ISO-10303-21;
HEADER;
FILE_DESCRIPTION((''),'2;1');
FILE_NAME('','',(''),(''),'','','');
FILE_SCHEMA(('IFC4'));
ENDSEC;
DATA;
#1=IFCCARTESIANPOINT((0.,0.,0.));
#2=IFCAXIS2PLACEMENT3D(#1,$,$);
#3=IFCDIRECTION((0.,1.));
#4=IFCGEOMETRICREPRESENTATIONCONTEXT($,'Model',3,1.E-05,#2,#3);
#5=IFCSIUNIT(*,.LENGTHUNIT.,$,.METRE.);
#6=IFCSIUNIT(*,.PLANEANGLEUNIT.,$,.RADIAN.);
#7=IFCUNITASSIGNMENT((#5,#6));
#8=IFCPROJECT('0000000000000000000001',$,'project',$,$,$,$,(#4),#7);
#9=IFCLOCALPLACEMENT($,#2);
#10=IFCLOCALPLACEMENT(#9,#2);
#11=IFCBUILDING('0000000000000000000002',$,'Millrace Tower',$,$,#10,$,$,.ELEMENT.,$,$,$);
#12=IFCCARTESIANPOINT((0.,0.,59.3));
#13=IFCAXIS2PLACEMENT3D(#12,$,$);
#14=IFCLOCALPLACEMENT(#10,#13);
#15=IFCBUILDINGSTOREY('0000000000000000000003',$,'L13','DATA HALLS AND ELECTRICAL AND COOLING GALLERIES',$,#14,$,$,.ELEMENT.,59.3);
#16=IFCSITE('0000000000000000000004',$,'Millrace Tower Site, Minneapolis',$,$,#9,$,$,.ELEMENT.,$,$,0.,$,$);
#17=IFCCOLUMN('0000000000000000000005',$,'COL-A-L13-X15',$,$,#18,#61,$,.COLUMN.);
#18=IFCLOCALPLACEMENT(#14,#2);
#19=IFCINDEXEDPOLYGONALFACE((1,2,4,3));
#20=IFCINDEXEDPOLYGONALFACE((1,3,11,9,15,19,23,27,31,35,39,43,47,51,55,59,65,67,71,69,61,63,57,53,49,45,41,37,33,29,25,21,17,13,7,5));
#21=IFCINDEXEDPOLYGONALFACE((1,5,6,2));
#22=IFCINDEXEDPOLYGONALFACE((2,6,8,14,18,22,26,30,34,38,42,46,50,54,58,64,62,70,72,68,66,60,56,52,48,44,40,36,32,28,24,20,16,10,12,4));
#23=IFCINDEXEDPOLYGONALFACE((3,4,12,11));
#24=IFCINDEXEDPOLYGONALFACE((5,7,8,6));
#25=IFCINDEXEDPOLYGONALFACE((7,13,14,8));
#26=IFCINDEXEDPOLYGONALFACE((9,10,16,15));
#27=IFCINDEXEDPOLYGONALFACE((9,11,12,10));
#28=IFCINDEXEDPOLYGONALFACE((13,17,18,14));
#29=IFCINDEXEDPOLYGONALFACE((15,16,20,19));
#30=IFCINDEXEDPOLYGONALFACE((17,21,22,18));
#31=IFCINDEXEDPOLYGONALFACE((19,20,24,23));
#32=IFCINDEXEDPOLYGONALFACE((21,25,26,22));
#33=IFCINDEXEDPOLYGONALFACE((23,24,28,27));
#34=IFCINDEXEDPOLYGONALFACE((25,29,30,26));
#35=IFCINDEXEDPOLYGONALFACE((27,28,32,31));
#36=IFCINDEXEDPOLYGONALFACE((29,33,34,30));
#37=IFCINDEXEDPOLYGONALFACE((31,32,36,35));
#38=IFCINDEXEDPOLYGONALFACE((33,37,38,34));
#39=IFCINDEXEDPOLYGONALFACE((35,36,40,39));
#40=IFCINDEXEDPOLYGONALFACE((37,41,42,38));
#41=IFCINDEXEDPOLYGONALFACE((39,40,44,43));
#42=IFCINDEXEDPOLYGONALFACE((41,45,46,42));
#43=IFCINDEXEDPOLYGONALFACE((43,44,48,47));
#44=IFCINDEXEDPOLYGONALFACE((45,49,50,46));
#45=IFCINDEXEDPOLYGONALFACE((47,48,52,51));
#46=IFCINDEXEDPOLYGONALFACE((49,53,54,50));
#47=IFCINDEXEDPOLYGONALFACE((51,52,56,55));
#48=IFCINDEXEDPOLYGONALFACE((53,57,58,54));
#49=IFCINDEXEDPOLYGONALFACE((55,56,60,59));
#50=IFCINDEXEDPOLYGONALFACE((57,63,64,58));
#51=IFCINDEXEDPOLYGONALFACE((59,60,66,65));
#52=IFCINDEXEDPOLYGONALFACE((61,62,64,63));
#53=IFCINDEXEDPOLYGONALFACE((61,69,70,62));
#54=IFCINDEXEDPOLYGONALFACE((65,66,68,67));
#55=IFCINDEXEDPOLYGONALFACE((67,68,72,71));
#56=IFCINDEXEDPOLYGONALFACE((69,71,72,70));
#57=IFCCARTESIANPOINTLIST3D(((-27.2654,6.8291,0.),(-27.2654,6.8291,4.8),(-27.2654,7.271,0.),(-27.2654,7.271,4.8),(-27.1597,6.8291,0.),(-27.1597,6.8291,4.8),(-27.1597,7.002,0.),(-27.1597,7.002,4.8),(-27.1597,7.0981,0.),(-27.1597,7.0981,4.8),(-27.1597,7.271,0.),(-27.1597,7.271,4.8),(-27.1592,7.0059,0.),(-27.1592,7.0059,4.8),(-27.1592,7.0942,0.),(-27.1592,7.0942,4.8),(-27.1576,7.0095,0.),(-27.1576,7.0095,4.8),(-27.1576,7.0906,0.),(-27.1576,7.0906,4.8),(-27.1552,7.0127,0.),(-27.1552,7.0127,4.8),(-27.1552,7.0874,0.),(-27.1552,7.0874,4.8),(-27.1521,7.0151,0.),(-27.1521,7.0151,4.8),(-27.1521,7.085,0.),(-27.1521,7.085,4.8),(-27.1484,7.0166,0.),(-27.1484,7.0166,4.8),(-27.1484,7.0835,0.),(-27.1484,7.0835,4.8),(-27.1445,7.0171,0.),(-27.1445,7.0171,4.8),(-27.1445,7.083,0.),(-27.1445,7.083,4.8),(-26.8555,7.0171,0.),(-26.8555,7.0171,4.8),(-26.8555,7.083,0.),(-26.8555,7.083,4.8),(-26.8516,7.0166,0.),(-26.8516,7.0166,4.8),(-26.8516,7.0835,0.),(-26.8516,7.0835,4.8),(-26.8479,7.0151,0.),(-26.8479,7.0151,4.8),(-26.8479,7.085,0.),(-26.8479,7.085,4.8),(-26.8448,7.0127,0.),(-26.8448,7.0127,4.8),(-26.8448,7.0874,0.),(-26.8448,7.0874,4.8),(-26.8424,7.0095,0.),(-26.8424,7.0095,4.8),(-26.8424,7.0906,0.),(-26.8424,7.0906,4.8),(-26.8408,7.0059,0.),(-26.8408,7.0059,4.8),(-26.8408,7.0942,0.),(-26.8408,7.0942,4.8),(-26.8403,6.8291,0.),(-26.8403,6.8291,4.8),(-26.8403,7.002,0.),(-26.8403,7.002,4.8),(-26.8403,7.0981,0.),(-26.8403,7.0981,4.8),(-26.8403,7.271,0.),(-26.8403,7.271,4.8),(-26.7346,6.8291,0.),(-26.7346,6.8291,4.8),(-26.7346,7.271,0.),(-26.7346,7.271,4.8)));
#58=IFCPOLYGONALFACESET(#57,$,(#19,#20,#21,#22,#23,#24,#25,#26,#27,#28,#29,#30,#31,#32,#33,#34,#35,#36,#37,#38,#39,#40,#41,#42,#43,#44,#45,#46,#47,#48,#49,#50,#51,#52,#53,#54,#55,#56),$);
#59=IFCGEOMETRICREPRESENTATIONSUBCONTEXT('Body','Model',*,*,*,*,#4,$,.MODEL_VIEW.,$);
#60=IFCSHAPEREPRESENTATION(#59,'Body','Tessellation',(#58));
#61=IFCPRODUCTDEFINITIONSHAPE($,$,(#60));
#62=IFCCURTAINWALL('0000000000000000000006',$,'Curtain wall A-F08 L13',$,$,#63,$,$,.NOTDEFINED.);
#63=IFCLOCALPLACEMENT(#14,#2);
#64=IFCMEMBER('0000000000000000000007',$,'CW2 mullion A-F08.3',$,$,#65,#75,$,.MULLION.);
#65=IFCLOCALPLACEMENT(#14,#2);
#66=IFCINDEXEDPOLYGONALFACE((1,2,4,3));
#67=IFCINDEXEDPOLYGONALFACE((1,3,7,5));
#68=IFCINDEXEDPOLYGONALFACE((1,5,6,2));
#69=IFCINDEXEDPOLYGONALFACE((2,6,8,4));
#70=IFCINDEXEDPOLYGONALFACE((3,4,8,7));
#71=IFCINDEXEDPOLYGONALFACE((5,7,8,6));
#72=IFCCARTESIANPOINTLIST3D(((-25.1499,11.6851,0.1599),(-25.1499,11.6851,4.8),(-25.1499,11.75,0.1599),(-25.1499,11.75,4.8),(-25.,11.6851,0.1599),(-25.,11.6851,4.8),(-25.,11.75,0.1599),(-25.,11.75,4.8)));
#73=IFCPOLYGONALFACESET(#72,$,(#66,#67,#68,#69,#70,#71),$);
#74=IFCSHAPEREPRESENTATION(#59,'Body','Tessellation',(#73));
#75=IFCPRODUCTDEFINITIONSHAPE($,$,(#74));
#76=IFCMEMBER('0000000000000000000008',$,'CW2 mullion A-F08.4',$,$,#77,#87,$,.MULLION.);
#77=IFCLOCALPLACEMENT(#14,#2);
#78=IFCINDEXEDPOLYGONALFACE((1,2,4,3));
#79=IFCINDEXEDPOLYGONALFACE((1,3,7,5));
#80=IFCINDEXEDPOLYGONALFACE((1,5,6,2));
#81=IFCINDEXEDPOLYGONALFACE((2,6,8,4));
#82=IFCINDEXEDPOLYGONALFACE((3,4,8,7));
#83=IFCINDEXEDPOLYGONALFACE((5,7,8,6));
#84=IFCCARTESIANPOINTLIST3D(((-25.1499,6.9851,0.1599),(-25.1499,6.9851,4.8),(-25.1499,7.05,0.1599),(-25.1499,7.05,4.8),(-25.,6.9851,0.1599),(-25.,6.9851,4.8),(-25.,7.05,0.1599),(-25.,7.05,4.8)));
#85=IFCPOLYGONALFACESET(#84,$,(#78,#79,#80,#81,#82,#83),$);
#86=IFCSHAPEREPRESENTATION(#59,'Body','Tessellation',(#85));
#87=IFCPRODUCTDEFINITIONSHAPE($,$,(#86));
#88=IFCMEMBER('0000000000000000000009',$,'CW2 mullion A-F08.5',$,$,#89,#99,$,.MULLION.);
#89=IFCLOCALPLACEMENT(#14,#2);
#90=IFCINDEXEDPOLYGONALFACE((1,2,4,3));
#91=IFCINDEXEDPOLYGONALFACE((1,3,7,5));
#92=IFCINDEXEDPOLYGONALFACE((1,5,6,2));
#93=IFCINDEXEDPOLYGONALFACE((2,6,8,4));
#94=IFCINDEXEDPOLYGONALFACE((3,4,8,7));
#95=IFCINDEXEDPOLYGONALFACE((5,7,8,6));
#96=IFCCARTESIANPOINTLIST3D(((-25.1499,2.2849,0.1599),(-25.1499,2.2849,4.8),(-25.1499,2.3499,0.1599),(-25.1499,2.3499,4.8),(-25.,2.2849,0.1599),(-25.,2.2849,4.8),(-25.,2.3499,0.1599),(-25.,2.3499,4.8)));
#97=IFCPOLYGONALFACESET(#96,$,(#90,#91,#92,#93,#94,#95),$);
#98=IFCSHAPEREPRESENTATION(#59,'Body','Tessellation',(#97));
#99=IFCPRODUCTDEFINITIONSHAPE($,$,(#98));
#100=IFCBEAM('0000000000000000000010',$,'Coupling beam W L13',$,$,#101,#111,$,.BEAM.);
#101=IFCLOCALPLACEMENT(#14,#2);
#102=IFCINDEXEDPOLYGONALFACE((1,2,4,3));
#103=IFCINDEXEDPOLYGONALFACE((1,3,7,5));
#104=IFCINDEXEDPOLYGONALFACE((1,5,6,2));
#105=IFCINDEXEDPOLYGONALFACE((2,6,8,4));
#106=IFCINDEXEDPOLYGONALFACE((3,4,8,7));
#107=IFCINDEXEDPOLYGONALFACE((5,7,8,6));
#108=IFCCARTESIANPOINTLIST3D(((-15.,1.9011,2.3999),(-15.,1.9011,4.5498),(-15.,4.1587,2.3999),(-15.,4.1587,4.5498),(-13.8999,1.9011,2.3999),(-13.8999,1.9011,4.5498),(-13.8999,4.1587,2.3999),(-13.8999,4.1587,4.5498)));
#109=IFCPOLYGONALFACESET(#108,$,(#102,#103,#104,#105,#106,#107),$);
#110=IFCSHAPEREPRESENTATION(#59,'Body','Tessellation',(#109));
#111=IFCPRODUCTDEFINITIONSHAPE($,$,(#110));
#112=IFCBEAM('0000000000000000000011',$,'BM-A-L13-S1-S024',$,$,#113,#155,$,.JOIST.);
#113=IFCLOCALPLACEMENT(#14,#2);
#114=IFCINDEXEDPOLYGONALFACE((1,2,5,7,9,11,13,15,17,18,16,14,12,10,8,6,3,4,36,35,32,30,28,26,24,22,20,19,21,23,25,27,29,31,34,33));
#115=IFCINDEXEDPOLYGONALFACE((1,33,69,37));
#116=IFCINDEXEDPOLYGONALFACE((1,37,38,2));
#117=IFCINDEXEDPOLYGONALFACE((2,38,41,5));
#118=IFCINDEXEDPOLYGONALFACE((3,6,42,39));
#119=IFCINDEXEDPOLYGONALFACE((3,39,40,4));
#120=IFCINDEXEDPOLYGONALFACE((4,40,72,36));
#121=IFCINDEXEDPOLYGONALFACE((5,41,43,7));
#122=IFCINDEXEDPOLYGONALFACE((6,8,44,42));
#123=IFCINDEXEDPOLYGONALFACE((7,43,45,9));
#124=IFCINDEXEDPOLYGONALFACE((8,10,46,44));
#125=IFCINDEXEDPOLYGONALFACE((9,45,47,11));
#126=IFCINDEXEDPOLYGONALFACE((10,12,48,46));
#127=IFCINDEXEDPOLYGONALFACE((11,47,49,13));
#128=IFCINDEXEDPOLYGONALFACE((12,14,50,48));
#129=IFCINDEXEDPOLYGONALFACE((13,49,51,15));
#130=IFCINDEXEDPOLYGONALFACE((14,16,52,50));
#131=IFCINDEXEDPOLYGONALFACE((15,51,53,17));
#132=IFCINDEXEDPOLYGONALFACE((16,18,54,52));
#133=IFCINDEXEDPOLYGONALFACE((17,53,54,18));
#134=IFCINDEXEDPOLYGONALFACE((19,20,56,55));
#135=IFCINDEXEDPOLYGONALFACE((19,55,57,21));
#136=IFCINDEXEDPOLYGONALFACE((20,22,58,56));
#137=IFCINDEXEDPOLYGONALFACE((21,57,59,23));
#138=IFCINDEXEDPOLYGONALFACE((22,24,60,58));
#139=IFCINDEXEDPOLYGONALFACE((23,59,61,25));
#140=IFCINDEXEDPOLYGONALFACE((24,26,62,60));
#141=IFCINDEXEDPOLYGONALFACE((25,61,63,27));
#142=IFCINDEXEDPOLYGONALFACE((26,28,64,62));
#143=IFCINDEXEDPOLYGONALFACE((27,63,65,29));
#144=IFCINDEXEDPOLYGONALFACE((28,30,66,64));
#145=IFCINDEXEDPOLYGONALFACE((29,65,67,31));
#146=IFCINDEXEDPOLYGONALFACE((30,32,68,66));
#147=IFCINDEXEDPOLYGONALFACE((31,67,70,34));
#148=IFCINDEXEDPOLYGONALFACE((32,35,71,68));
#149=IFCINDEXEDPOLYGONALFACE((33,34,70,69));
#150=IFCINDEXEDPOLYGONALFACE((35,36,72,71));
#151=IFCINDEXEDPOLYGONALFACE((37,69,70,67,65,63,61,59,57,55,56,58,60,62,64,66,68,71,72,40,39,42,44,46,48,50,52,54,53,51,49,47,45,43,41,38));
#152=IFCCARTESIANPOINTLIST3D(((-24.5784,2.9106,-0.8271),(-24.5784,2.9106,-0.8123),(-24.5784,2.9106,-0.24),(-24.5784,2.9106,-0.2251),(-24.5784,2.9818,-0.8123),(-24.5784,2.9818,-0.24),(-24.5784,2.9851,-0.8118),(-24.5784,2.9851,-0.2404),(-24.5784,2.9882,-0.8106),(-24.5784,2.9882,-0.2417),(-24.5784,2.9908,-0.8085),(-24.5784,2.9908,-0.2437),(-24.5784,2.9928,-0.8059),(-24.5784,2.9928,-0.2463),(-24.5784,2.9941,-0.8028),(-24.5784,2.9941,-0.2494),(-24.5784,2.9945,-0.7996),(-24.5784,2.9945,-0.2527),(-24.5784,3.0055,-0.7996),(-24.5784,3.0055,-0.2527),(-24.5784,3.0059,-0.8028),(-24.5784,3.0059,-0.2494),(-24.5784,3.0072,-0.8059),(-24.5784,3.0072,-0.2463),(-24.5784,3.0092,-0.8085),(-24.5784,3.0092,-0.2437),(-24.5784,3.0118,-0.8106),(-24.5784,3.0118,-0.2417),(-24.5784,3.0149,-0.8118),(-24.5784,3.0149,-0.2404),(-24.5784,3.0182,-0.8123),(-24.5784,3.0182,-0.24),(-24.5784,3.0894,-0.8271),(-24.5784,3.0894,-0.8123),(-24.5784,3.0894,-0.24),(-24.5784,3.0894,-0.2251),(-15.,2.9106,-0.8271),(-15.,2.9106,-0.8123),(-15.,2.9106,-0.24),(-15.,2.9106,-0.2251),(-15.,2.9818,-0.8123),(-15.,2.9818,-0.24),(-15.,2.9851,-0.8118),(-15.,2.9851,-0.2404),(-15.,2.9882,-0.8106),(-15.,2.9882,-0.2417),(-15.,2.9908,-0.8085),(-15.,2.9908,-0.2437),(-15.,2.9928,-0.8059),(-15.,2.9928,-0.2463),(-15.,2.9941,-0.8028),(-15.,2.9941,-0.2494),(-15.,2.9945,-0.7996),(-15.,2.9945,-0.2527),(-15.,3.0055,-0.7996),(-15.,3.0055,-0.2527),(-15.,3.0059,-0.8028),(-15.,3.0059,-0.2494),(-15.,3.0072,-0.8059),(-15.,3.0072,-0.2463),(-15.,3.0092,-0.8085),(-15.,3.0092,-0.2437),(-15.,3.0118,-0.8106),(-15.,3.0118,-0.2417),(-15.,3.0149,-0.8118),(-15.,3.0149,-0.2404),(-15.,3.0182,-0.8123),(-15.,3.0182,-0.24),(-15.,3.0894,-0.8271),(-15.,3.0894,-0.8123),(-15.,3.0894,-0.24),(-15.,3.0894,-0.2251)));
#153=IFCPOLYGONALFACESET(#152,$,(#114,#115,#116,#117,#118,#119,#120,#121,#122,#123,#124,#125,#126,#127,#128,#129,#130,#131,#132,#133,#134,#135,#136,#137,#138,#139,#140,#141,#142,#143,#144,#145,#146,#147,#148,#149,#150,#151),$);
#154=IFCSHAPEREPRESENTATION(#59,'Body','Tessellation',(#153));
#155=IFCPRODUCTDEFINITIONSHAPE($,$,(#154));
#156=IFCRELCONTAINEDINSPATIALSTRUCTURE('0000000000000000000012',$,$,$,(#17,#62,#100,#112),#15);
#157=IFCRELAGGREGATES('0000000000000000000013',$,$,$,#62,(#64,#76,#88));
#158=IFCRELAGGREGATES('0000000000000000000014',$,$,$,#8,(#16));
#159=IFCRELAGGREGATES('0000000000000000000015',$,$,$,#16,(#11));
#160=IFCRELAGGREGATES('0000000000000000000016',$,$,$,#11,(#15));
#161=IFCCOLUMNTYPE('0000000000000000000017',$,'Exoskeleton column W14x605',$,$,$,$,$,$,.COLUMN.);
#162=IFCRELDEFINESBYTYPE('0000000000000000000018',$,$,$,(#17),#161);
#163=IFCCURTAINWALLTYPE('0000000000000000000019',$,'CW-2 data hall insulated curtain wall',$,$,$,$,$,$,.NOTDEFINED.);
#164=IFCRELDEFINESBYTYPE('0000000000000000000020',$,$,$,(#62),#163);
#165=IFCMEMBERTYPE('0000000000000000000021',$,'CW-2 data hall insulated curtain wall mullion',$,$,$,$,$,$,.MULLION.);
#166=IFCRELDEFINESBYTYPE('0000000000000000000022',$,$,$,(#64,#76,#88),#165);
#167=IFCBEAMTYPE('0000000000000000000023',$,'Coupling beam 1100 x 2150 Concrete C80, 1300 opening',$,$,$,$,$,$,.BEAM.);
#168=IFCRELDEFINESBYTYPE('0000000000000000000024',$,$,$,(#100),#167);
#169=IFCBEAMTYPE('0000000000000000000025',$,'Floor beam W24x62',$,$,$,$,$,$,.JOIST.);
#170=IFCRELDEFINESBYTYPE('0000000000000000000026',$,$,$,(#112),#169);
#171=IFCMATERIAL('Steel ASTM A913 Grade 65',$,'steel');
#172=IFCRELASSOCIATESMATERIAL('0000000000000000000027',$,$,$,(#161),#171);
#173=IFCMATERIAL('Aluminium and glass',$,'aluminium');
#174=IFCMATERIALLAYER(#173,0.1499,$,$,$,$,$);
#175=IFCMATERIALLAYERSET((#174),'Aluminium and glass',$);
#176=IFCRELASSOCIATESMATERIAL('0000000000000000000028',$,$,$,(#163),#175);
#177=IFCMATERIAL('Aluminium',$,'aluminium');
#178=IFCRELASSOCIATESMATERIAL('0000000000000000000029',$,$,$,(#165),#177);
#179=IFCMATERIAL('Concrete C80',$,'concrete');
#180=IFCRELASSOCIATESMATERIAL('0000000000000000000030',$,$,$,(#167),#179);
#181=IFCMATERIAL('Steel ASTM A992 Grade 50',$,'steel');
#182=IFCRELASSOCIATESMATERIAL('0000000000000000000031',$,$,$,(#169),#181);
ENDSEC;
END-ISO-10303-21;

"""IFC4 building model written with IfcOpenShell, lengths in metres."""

from ifc_helpers import new_model, si_unit, direction, frame, origin, origin_2d, place, context, subcontext, project, spatial, rectangle, i_section, extrude, material, layer, layer_set, material_profile, profile_set, type_object, element, aggregate, save


model = new_model("IFC4")

# Units and contexts
model_context = context("Model", 3, precision=1e-05, world=origin(), true_north=direction((0.0, 1.0)))
body_context = subcontext(model_context, "Body", "Model", "MODEL_VIEW")
ifc_project = project(units=[si_unit("LENGTHUNIT", "METRE"), si_unit("PLANEANGLEUNIT", "RADIAN")], contexts=[model_context])

# Site, building, storey
site_placement = place(None, origin())
site = spatial("IfcSite", under=ifc_project, at=site_placement, Name="Millrace Tower Site, Minneapolis", CompositionType="ELEMENT", RefElevation=0.0)
building_placement = place(site_placement, origin())
building = spatial("IfcBuilding", under=site, at=building_placement, Name="Millrace Tower", CompositionType="ELEMENT")
storey_placement = place(building_placement, frame((0.0, 0.0, 59.3)))
storey = spatial("IfcBuildingStorey", under=building, at=storey_placement, Name="L13", Description="DATA HALLS AND ELECTRICAL AND COOLING GALLERIES", CompositionType="ELEMENT", Elevation=59.3)

# Column
ifc_material_1 = material(Name="Steel ASTM A913 Grade 65", Category="steel")
ifc_material_profile_1 = material_profile(ifc_material_1, i_section(OverallWidth=0.4419, OverallDepth=0.5308, WebThickness=0.0659, FlangeThickness=0.1057, FilletRadius=0.0151, at=origin_2d()))
ifc_profile_set_1 = profile_set([ifc_material_profile_1], Name="Steel ASTM A913 Grade 65")
column_type = type_object("IfcColumnType", Name="Exoskeleton column W14x605", PredefinedType="COLUMN", material=ifc_profile_set_1)
column_placement = place(storey_placement, frame((-27.0, 7.05, 0.0), z_axis=(0.0, 0.0, 1.0), x_axis=(0.0, -1.0, 0.0)))
element("IfcColumn", 1, at=column_placement, inside=storey, type_object=column_type, Name="COL-A-L13-X15", PredefinedType="COLUMN", context=body_context, shape_type="SweptSolid", body=[
    extrude(i_section(OverallWidth=0.4419, OverallDepth=0.5308, WebThickness=0.0659, FlangeThickness=0.1057, FilletRadius=0.0151, at=origin_2d()), origin(), (0.0, 0.0, 1.0), 4.8),
])

# Curtain wall, members
ifc_material_2 = material(Name="Aluminium and glass", Category="aluminium")
ifc_layer_1 = layer(ifc_material_2, 0.1499)
ifc_layer_set_1 = layer_set([ifc_layer_1], Name="Aluminium and glass")
curtain_wall_type = type_object("IfcCurtainWallType", Name="CW-2 data hall insulated curtain wall", PredefinedType="NOTDEFINED", material=ifc_layer_set_1)
curtain_wall_placement = place(storey_placement, origin())
curtain_wall = element("IfcCurtainWall", 2, at=curtain_wall_placement, inside=storey, type_object=curtain_wall_type, Name="Curtain wall A-F08 L13", PredefinedType="NOTDEFINED")
ifc_material_3 = material(Name="Aluminium", Category="aluminium")
ifc_material_profile_2 = material_profile(ifc_material_3, rectangle(XDim=0.0649, YDim=0.1499, at=origin_2d()))
ifc_profile_set_2 = profile_set([ifc_material_profile_2], Name="Aluminium")
member_type = type_object("IfcMemberType", Name="CW-2 data hall insulated curtain wall mullion", PredefinedType="MULLION", material=ifc_profile_set_2)
member_1_placement = place(storey_placement, frame((-25.075, 11.7175, 0.1599), z_axis=(0.0, 0.0, 1.0), x_axis=(0.0, -1.0, 0.0)))
member_1 = element("IfcMember", 3, at=member_1_placement, type_object=member_type, Name="CW2 mullion A-F08.3", PredefinedType="MULLION", context=body_context, shape_type="SweptSolid", body=[
    extrude(rectangle(XDim=0.0649, YDim=0.1499, at=origin_2d()), origin(), (0.0, 0.0, 1.0), 4.6401),
])
member_2_placement = place(storey_placement, frame((-25.075, 7.0176, 0.1599), z_axis=(0.0, 0.0, 1.0), x_axis=(0.0, -1.0, 0.0)))
member_2 = element("IfcMember", 4, at=member_2_placement, type_object=member_type, Name="CW2 mullion A-F08.4", PredefinedType="MULLION", context=body_context, shape_type="SweptSolid", body=[
    extrude(rectangle(XDim=0.0649, YDim=0.1499, at=origin_2d()), origin(), (0.0, 0.0, 1.0), 4.6401),
])
member_3_placement = place(storey_placement, frame((-25.075, 2.3174, 0.1599), z_axis=(0.0, 0.0, 1.0), x_axis=(0.0, -1.0, 0.0)))
member_3 = element("IfcMember", 5, at=member_3_placement, type_object=member_type, Name="CW2 mullion A-F08.5", PredefinedType="MULLION", context=body_context, shape_type="SweptSolid", body=[
    extrude(rectangle(XDim=0.0649, YDim=0.1499, at=origin_2d()), origin(), (0.0, 0.0, 1.0), 4.6401),
])
aggregate(curtain_wall, [member_1, member_2, member_3])

# Beams
ifc_material_4 = material(Name="Concrete C80", Category="concrete")
ifc_material_profile_3 = material_profile(ifc_material_4, rectangle(XDim=1.1001, YDim=2.1499, at=origin_2d()))
ifc_profile_set_3 = profile_set([ifc_material_profile_3], Name="Concrete C80")
beam_type_1 = type_object("IfcBeamType", Name="Coupling beam 1100 x 2150 Concrete C80, 1300 opening", PredefinedType="BEAM", material=ifc_profile_set_3)
beam_1_placement = place(storey_placement, frame((-14.45, 1.9011, 3.4749), z_axis=(0.0, 1.0, 0.0), x_axis=(-1.0, 0.0, 0.0)))
element("IfcBeam", 6, at=beam_1_placement, inside=storey, type_object=beam_type_1, Name="Coupling beam W L13", PredefinedType="BEAM", context=body_context, shape_type="SweptSolid", body=[
    extrude(rectangle(XDim=1.1001, YDim=2.1499, at=origin_2d()), origin(), (0.0, 0.0, 1.0), 2.2576),
])
ifc_material_5 = material(Name="Steel ASTM A992 Grade 50", Category="steel")
ifc_material_profile_4 = material_profile(ifc_material_5, i_section(OverallWidth=0.1787, OverallDepth=0.6021, WebThickness=0.011, FlangeThickness=0.0149, FilletRadius=0.0127, at=origin_2d()))
ifc_profile_set_4 = profile_set([ifc_material_profile_4], Name="Steel ASTM A992 Grade 50")
beam_type_2 = type_object("IfcBeamType", Name="Floor beam W24x62", PredefinedType="JOIST", material=ifc_profile_set_4)
for number, where, z_axis, x_axis, name in (
    (7, (-24.5784, 3.0, -0.5261), (1.0, 0.0, 0.0), (0.0, 1.0, 0.0), "BM-A-L13-S1-S024"),
):
    element("IfcBeam", number, at=place(storey_placement, frame(where, z_axis=z_axis, x_axis=x_axis)), inside=storey, type_object=beam_type_2, Name=name, PredefinedType="JOIST", context=body_context, shape_type="SweptSolid", body=[
        extrude(i_section(OverallWidth=0.1787, OverallDepth=0.6021, WebThickness=0.011, FlangeThickness=0.0149, FilletRadius=0.0127, at=origin_2d()), origin(), (0.0, 0.0, 1.0), 9.5784),
    ])

save(model, "model.ifc")
